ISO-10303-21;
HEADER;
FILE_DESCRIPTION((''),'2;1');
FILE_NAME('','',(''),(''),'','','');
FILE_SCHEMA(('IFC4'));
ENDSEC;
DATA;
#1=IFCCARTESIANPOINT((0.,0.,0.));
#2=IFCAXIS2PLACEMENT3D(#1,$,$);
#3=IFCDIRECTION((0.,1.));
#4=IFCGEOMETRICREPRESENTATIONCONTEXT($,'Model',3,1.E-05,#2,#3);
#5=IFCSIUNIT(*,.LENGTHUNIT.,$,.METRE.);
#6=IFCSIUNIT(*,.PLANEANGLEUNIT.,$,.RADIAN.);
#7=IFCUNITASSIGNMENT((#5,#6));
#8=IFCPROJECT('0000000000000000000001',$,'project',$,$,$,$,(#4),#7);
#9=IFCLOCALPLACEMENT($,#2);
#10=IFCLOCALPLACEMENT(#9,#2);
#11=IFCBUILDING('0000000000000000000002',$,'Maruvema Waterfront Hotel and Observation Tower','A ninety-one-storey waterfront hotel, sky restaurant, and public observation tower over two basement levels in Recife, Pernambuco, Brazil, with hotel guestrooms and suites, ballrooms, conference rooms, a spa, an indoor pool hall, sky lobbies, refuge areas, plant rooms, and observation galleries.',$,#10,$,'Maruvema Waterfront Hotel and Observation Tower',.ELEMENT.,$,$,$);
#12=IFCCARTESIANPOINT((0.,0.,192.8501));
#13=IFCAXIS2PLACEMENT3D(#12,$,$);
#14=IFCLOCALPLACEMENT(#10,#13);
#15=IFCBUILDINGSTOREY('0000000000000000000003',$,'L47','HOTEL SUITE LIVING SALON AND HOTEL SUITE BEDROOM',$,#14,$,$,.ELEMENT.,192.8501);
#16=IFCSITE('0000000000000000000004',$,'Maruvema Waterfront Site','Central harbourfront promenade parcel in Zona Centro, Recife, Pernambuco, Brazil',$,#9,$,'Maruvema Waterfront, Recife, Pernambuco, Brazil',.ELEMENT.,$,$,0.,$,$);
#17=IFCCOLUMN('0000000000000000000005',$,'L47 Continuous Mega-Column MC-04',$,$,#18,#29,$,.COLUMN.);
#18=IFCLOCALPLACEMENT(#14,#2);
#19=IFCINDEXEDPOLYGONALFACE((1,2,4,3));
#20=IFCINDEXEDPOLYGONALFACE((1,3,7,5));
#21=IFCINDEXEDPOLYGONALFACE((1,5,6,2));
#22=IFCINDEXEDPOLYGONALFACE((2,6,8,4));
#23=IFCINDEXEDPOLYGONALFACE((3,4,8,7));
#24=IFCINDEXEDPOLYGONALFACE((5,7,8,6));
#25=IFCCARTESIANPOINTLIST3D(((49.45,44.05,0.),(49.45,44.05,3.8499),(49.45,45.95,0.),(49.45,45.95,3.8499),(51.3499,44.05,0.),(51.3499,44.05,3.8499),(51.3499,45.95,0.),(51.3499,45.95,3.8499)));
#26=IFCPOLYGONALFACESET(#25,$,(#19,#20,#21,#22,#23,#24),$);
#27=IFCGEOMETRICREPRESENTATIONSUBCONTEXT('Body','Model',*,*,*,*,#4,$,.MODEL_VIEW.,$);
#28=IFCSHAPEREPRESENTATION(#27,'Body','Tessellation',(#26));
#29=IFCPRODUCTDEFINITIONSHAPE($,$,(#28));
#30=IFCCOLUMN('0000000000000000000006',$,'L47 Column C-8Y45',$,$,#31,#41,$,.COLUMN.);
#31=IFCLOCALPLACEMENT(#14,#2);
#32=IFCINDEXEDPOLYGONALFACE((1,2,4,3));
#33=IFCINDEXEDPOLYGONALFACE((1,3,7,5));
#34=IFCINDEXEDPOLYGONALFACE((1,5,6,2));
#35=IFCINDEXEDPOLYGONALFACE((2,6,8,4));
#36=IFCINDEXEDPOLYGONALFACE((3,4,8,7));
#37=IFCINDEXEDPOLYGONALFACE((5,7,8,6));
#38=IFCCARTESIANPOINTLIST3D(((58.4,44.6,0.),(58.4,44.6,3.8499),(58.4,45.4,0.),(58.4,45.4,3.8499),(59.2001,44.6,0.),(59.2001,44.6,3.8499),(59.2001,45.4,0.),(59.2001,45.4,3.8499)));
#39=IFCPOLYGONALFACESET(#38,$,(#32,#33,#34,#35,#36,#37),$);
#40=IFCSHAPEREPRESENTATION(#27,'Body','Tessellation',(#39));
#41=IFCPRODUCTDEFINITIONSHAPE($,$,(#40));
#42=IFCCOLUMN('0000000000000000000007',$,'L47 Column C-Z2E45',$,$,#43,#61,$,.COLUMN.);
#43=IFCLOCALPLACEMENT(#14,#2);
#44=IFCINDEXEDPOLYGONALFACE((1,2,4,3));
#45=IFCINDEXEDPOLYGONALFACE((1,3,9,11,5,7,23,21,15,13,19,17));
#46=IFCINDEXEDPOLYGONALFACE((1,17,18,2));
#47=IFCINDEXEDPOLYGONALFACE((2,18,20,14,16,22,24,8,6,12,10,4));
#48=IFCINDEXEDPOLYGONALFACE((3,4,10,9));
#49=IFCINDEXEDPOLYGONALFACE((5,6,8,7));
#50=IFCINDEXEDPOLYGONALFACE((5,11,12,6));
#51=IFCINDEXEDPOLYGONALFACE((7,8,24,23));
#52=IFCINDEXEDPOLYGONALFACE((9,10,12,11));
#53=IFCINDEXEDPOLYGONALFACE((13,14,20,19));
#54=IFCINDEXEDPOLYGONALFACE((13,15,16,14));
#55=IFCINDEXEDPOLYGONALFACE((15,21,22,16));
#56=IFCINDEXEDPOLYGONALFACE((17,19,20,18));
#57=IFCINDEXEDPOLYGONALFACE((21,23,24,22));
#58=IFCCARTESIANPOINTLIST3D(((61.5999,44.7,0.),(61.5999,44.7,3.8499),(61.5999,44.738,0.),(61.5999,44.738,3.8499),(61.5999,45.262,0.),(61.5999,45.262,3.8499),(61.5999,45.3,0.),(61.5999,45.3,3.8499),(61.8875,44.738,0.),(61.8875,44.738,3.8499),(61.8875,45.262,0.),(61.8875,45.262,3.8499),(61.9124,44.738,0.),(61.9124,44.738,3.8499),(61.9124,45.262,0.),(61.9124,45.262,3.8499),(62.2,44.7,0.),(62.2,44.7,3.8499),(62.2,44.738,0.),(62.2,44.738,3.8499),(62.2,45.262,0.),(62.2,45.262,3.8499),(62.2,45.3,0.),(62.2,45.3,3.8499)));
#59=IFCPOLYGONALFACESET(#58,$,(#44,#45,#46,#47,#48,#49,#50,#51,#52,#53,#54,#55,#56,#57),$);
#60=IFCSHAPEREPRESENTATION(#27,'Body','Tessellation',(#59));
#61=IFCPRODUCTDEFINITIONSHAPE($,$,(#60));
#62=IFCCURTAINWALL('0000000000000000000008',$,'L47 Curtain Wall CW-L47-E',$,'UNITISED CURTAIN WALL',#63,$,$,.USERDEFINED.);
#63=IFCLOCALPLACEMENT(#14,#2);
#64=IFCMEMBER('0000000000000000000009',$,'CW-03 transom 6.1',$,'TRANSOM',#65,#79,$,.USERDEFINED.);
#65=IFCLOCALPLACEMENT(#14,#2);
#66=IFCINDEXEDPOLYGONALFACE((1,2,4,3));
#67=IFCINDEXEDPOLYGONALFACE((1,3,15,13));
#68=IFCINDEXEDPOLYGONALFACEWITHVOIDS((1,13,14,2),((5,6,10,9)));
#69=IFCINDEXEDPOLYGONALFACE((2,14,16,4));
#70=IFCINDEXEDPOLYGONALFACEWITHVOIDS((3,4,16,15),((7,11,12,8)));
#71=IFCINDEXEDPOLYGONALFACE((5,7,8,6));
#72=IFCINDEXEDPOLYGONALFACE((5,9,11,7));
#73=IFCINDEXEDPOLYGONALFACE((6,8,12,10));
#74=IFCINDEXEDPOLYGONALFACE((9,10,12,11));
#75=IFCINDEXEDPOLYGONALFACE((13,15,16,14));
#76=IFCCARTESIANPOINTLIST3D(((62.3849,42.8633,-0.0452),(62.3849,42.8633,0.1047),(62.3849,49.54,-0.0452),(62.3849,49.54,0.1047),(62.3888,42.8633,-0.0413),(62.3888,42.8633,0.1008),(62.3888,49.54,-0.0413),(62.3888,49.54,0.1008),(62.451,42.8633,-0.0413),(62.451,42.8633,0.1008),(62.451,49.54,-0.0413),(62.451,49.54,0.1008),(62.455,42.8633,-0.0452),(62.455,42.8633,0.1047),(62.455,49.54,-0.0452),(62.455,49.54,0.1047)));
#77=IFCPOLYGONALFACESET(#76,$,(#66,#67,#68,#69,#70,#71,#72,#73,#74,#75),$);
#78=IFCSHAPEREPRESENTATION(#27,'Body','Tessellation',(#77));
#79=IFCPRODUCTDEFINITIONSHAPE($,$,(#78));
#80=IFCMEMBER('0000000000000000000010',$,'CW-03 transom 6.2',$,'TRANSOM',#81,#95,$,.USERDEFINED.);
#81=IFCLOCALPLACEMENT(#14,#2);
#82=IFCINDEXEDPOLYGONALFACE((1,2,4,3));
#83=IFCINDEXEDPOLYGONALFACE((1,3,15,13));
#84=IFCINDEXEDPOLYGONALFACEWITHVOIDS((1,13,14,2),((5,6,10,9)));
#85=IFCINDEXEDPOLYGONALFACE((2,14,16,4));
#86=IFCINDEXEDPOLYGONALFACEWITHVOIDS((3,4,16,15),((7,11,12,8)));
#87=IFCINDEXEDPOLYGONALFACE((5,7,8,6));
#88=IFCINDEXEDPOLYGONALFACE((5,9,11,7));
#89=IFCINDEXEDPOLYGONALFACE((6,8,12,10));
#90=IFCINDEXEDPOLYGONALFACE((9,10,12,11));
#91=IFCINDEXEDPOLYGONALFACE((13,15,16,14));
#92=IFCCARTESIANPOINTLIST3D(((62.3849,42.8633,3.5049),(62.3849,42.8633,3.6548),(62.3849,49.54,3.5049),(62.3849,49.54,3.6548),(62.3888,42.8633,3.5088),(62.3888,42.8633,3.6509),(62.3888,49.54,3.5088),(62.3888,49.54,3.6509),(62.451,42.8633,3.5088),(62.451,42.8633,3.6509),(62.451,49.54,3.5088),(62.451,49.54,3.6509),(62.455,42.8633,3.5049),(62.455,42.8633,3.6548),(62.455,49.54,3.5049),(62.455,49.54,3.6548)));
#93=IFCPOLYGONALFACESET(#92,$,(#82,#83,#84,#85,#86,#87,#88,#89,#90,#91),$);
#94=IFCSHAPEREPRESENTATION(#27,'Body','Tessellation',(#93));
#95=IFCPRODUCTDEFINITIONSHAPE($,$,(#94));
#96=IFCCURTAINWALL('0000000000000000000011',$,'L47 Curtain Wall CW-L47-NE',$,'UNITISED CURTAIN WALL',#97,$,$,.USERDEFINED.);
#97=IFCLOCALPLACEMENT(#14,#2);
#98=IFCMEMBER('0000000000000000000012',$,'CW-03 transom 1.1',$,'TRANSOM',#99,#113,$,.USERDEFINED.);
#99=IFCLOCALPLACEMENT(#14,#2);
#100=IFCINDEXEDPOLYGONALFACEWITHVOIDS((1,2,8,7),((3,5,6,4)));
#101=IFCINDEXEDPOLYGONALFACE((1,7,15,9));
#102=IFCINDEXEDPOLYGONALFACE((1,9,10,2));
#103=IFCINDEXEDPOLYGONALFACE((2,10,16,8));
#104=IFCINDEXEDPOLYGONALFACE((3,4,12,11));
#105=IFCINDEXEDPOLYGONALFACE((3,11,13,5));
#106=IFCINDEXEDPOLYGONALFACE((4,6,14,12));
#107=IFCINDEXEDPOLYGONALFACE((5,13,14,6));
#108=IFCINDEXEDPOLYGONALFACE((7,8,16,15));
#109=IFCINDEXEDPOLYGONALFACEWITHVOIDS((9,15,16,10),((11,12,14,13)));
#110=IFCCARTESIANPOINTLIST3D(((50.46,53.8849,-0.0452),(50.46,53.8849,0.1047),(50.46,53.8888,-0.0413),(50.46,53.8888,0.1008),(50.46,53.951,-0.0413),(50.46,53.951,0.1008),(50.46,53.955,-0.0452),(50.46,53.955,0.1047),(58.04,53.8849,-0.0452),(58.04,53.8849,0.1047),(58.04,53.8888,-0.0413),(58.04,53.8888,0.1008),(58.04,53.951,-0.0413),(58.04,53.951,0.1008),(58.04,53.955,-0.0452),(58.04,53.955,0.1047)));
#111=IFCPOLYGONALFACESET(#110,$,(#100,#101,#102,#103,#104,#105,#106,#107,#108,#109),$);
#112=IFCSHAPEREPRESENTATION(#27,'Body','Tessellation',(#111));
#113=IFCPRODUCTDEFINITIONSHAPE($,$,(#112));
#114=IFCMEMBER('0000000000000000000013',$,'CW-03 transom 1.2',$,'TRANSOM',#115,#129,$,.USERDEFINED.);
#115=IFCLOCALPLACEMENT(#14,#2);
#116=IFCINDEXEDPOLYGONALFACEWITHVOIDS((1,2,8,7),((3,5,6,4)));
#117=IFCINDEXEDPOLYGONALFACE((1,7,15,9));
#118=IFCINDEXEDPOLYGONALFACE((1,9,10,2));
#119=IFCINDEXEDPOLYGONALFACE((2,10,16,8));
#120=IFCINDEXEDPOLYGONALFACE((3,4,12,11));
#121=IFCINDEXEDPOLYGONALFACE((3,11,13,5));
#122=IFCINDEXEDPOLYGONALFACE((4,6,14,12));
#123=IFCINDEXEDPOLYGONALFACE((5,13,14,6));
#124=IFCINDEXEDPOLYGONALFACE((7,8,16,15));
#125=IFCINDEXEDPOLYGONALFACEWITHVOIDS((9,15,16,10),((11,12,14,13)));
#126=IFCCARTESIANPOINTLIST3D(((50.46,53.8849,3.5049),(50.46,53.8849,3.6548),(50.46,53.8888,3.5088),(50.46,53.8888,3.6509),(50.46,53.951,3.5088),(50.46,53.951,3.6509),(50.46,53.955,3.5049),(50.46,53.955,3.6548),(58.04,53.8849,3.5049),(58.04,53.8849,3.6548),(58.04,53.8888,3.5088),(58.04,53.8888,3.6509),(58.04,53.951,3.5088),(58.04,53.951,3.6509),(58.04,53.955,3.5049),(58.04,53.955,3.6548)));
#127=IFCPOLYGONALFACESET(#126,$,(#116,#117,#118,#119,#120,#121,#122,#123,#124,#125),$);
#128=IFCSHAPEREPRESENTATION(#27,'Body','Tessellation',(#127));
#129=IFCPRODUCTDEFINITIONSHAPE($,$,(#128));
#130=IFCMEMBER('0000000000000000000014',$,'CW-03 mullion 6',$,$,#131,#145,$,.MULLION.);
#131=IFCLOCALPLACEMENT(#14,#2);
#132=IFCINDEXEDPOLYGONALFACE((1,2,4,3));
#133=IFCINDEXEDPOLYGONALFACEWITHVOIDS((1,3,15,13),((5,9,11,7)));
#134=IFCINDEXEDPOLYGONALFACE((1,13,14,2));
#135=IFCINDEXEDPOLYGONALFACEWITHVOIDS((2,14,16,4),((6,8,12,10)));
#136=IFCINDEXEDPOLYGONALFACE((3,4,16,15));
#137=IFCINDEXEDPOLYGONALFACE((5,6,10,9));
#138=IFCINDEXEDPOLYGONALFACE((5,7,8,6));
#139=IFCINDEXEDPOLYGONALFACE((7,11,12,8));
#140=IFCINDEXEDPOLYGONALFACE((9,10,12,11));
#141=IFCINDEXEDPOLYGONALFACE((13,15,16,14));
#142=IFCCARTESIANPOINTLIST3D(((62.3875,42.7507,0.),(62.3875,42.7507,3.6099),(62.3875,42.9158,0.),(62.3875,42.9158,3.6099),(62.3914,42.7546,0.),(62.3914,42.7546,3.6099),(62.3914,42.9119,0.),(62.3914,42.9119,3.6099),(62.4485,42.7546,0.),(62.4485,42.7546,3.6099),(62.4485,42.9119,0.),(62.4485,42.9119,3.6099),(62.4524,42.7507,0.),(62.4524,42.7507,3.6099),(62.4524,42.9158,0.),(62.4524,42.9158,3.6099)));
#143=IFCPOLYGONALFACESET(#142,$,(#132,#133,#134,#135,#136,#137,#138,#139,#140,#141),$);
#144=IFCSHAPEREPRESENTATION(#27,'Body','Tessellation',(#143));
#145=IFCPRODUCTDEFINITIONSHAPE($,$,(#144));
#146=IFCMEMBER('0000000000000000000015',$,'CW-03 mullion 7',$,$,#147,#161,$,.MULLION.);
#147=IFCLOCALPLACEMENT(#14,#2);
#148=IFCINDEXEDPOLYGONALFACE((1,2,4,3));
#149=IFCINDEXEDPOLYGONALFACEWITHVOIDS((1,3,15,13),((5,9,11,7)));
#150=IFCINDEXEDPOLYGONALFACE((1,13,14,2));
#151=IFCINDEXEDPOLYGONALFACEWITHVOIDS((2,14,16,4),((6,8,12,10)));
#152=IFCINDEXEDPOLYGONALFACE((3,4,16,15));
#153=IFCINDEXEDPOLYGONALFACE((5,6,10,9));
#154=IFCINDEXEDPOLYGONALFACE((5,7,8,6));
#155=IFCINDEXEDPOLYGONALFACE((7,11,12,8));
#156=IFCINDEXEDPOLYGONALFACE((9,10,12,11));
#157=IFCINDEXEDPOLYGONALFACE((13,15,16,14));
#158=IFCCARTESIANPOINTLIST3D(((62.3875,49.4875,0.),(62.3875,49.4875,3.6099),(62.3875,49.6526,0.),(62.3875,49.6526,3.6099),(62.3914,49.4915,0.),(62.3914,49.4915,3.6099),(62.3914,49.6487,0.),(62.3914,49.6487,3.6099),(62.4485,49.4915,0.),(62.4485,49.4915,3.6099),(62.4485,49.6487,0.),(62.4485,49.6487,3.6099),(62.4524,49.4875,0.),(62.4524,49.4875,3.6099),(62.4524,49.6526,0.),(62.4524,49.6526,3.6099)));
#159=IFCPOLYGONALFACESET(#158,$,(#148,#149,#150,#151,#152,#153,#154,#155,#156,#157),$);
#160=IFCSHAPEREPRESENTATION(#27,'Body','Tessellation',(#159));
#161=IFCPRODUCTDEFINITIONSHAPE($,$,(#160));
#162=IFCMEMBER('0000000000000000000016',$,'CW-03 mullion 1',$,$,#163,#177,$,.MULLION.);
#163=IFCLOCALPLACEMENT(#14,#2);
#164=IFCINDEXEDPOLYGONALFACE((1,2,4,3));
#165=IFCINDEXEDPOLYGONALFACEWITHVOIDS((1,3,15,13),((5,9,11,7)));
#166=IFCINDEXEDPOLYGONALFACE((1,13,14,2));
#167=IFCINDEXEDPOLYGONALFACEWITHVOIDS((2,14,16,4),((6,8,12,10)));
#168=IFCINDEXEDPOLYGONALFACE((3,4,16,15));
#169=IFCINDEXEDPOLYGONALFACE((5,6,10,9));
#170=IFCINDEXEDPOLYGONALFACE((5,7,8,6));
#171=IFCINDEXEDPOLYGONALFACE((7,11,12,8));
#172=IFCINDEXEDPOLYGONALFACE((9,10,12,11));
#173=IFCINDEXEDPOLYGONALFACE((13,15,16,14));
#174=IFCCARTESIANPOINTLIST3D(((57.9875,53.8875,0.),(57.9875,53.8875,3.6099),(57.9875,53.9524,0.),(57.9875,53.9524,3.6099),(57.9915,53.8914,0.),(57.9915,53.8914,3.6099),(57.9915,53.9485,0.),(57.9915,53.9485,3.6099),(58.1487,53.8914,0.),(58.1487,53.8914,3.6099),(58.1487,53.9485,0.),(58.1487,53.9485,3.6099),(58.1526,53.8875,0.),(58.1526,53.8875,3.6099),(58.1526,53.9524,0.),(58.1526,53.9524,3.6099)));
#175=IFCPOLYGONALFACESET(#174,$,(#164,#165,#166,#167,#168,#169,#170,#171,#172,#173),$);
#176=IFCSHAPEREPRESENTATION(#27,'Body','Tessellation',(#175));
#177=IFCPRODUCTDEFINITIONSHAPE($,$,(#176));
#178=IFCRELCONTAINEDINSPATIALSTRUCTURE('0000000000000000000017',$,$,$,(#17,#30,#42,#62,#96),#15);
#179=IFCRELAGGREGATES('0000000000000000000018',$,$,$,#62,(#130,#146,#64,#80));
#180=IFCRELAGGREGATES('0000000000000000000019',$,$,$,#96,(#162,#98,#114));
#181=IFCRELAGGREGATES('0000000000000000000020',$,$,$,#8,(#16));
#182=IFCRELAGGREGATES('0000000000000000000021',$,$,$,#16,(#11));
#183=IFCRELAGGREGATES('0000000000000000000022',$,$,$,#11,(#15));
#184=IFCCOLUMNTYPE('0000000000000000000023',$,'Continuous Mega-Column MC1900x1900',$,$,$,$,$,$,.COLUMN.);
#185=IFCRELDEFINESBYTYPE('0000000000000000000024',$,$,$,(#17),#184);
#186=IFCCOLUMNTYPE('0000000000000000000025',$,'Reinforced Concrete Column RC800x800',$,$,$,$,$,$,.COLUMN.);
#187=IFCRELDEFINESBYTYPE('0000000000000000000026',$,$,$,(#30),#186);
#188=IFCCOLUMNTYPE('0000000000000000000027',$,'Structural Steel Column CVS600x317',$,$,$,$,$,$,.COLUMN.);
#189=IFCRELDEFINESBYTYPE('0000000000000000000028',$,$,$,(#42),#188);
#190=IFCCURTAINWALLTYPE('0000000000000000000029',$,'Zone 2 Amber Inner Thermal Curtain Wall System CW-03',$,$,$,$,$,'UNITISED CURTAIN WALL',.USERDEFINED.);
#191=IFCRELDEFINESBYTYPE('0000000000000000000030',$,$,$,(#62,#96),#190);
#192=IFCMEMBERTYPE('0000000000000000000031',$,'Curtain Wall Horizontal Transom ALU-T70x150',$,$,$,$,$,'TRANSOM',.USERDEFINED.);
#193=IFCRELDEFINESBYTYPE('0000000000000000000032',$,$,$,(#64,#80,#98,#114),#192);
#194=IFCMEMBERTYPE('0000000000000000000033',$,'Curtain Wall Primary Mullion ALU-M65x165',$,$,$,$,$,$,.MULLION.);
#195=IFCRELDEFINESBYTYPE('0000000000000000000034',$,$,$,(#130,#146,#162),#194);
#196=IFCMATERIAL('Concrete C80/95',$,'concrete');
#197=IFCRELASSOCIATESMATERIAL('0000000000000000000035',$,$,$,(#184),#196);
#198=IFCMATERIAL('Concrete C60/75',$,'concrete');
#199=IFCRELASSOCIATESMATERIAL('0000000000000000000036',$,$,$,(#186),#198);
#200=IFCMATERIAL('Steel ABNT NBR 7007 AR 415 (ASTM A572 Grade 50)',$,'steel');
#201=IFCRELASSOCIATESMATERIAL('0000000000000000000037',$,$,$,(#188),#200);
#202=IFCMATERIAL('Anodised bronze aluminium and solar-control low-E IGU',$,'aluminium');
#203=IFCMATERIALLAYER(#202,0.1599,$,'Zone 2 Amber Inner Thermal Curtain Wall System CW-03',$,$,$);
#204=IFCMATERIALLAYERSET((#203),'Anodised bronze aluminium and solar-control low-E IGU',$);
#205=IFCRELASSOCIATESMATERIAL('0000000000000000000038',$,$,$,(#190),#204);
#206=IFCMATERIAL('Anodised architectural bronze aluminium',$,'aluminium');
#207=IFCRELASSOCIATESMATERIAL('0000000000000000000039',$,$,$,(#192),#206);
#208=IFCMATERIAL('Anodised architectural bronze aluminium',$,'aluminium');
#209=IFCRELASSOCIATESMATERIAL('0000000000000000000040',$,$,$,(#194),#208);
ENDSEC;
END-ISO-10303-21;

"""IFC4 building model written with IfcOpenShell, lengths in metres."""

from ifc_helpers import new_model, si_unit, direction, frame, origin, origin_2d, place, context, subcontext, project, spatial, rectangle, hollow_rectangle, i_section, extrude, material, layer, layer_set, material_profile, profile_set, type_object, element, aggregate, save


model = new_model("IFC4")

# Units and contexts
model_context = context("Model", 3, precision=1e-05, world=origin(), true_north=direction((0.0, 1.0)))
body_context = subcontext(model_context, "Body", "Model", "MODEL_VIEW")
ifc_project = project(units=[si_unit("LENGTHUNIT", "METRE"), si_unit("PLANEANGLEUNIT", "RADIAN")], contexts=[model_context])

# Site, building, storey
site_placement = place(None, origin())
site = spatial("IfcSite", under=ifc_project, at=site_placement, Name="Maruvema Waterfront Site", Description="Central harbourfront promenade parcel in Zona Centro, Recife, Pernambuco, Brazil", LongName="Maruvema Waterfront, Recife, Pernambuco, Brazil", CompositionType="ELEMENT", RefElevation=0.0)
building_placement = place(site_placement, origin())
building = spatial("IfcBuilding", under=site, at=building_placement, Name="Maruvema Waterfront Hotel and Observation Tower", Description="A ninety-one-storey waterfront hotel, sky restaurant, and public observation tower over two basement levels in Recife, Pernambuco, Brazil, with hotel guestrooms and suites, ballrooms, conference rooms, a spa, an indoor pool hall, sky lobbies, refuge areas, plant rooms, and observation galleries.", LongName="Maruvema Waterfront Hotel and Observation Tower", CompositionType="ELEMENT")
storey_placement = place(building_placement, frame((0.0, 0.0, 192.8501)))
storey = spatial("IfcBuildingStorey", under=building, at=storey_placement, Name="L47", Description="HOTEL SUITE LIVING SALON AND HOTEL SUITE BEDROOM", CompositionType="ELEMENT", Elevation=192.8501)

# Columns
ifc_material_1 = material(Name="Concrete C80/95", Category="concrete")
ifc_material_profile_1 = material_profile(ifc_material_1, rectangle(XDim=1.8999, YDim=1.8999, at=origin_2d()), Name="MC1900x1900")
ifc_profile_set_1 = profile_set([ifc_material_profile_1], Name="Concrete C80/95")
column_type_1 = type_object("IfcColumnType", Name="Continuous Mega-Column MC1900x1900", PredefinedType="COLUMN", material=ifc_profile_set_1)
column_1_placement = place(storey_placement, frame((50.3999, 45.0, 0.0), z_axis=(0.0, 0.0, 1.0), x_axis=(1.0, 0.0, 0.0)))
element("IfcColumn", 1, at=column_1_placement, inside=storey, type_object=column_type_1, Name="L47 Continuous Mega-Column MC-04", PredefinedType="COLUMN", context=body_context, shape_type="SweptSolid", body=[
    extrude(rectangle(XDim=1.8999, YDim=1.8999, at=origin_2d()), origin(), (0.0, 0.0, 1.0), 3.8499),
])
ifc_material_2 = material(Name="Concrete C60/75", Category="concrete")
ifc_material_profile_2 = material_profile(ifc_material_2, rectangle(XDim=0.8, YDim=0.8, at=origin_2d()), Name="RC800x800")
ifc_profile_set_2 = profile_set([ifc_material_profile_2], Name="Concrete C60/75")
column_type_2 = type_object("IfcColumnType", Name="Reinforced Concrete Column RC800x800", PredefinedType="COLUMN", material=ifc_profile_set_2)
column_2_placement = place(storey_placement, frame((58.8, 45.0, 0.0), z_axis=(0.0, 0.0, 1.0), x_axis=(1.0, 0.0, 0.0)))
element("IfcColumn", 2, at=column_2_placement, inside=storey, type_object=column_type_2, Name="L47 Column C-8Y45", PredefinedType="COLUMN", context=body_context, shape_type="SweptSolid", body=[
    extrude(rectangle(XDim=0.8, YDim=0.8, at=origin_2d()), origin(), (0.0, 0.0, 1.0), 3.8499),
])
ifc_material_3 = material(Name="Steel ABNT NBR 7007 AR 415 (ASTM A572 Grade 50)", Category="steel")
ifc_material_profile_3 = material_profile(ifc_material_3, i_section(OverallWidth=0.6001, OverallDepth=0.6001, WebThickness=0.0249, FlangeThickness=0.0381, at=origin_2d()), Name="CVS600x317")
ifc_profile_set_3 = profile_set([ifc_material_profile_3], Name="Steel ABNT NBR 7007 AR 415 (ASTM A572 Grade 50)")
column_type_3 = type_object("IfcColumnType", Name="Structural Steel Column CVS600x317", PredefinedType="COLUMN", material=ifc_profile_set_3)
column_3_placement = place(storey_placement, frame((61.8999, 45.0, 0.0), z_axis=(0.0, 0.0, 1.0), x_axis=(1.0, 0.0, 0.0)))
element("IfcColumn", 3, at=column_3_placement, inside=storey, type_object=column_type_3, Name="L47 Column C-Z2E45", PredefinedType="COLUMN", context=body_context, shape_type="SweptSolid", body=[
    extrude(i_section(OverallWidth=0.6001, OverallDepth=0.6001, WebThickness=0.0249, FlangeThickness=0.0381, at=origin_2d()), origin(), (0.0, 0.0, 1.0), 3.8499),
])

# Curtain walls, members
ifc_material_4 = material(Name="Anodised bronze aluminium and solar-control low-E IGU", Category="aluminium")
ifc_layer_1 = layer(ifc_material_4, 0.1599, Name="Zone 2 Amber Inner Thermal Curtain Wall System CW-03")
ifc_layer_set_1 = layer_set([ifc_layer_1], Name="Anodised bronze aluminium and solar-control low-E IGU")
curtain_wall_type = type_object("IfcCurtainWallType", Name="Zone 2 Amber Inner Thermal Curtain Wall System CW-03", ElementType="UNITISED CURTAIN WALL", PredefinedType="USERDEFINED", material=ifc_layer_set_1)
curtain_wall_1_placement = place(storey_placement, origin())
curtain_wall_1 = element("IfcCurtainWall", 4, at=curtain_wall_1_placement, inside=storey, type_object=curtain_wall_type, Name="L47 Curtain Wall CW-L47-E", ObjectType="UNITISED CURTAIN WALL", PredefinedType="USERDEFINED")
ifc_material_5 = material(Name="Anodised architectural bronze aluminium", Category="aluminium")
ifc_material_profile_4 = material_profile(ifc_material_5, hollow_rectangle(XDim=0.0701, YDim=0.1499, WallThickness=0.0039, at=origin_2d()), Name="ALU-T70x150")
ifc_profile_set_4 = profile_set([ifc_material_profile_4], Name="Anodised architectural bronze aluminium")
member_type_1 = type_object("IfcMemberType", Name="Curtain Wall Horizontal Transom ALU-T70x150", ElementType="TRANSOM", PredefinedType="USERDEFINED", material=ifc_profile_set_4)
member_1_placement = place(storey_placement, frame((62.4199, 42.8633, 0.0298), z_axis=(0.0, 1.0, 0.0), x_axis=(-1.0, 0.0, 0.0)))
member_1 = element("IfcMember", 5, at=member_1_placement, type_object=member_type_1, Name="CW-03 transom 6.1", ObjectType="TRANSOM", PredefinedType="USERDEFINED", context=body_context, shape_type="SweptSolid", body=[
    extrude(hollow_rectangle(XDim=0.0701, YDim=0.1499, WallThickness=0.0039, at=origin_2d()), origin(), (0.0, 0.0, 1.0), 6.6768),
])
member_2_placement = place(storey_placement, frame((62.4199, 42.8633, 3.5798), z_axis=(0.0, 1.0, 0.0), x_axis=(-1.0, 0.0, 0.0)))
member_2 = element("IfcMember", 6, at=member_2_placement, type_object=member_type_1, Name="CW-03 transom 6.2", ObjectType="TRANSOM", PredefinedType="USERDEFINED", context=body_context, shape_type="SweptSolid", body=[
    extrude(hollow_rectangle(XDim=0.0701, YDim=0.1499, WallThickness=0.0039, at=origin_2d()), origin(), (0.0, 0.0, 1.0), 6.6768),
])
curtain_wall_2_placement = place(storey_placement, origin())
curtain_wall_2 = element("IfcCurtainWall", 7, at=curtain_wall_2_placement, inside=storey, type_object=curtain_wall_type, Name="L47 Curtain Wall CW-L47-NE", ObjectType="UNITISED CURTAIN WALL", PredefinedType="USERDEFINED")
member_3_placement = place(storey_placement, frame((58.04, 53.9199, 0.0298), z_axis=(-1.0, 0.0, 0.0), x_axis=(0.0, -1.0, 0.0)))
member_3 = element("IfcMember", 8, at=member_3_placement, type_object=member_type_1, Name="CW-03 transom 1.1", ObjectType="TRANSOM", PredefinedType="USERDEFINED", context=body_context, shape_type="SweptSolid", body=[
    extrude(hollow_rectangle(XDim=0.0701, YDim=0.1499, WallThickness=0.0039, at=origin_2d()), origin(), (0.0, 0.0, 1.0), 7.5801),
])
member_4_placement = place(storey_placement, frame((58.04, 53.9199, 3.5798), z_axis=(-1.0, 0.0, 0.0), x_axis=(0.0, -1.0, 0.0)))
member_4 = element("IfcMember", 9, at=member_4_placement, type_object=member_type_1, Name="CW-03 transom 1.2", ObjectType="TRANSOM", PredefinedType="USERDEFINED", context=body_context, shape_type="SweptSolid", body=[
    extrude(hollow_rectangle(XDim=0.0701, YDim=0.1499, WallThickness=0.0039, at=origin_2d()), origin(), (0.0, 0.0, 1.0), 7.5801),
])

# Members
ifc_material_6 = material(Name="Anodised architectural bronze aluminium", Category="aluminium")
ifc_material_profile_5 = material_profile(ifc_material_6, hollow_rectangle(XDim=0.0649, YDim=0.165, WallThickness=0.0039, at=origin_2d()), Name="ALU-M65x165")
ifc_profile_set_5 = profile_set([ifc_material_profile_5], Name="Anodised architectural bronze aluminium")
member_type_2 = type_object("IfcMemberType", Name="Curtain Wall Primary Mullion ALU-M65x165", PredefinedType="MULLION", material=ifc_profile_set_5)
member_5_placement = place(storey_placement, frame((62.4199, 42.8333, 0.0), z_axis=(0.0, 0.0, 1.0), x_axis=(-1.0, 0.0, 0.0)))
member_5 = element("IfcMember", 10, at=member_5_placement, type_object=member_type_2, Name="CW-03 mullion 6", PredefinedType="MULLION", context=body_context, shape_type="SweptSolid", body=[
    extrude(hollow_rectangle(XDim=0.0649, YDim=0.165, WallThickness=0.0039, at=origin_2d()), origin(), (0.0, 0.0, 1.0), 3.6099),
])
member_6_placement = place(storey_placement, frame((62.4199, 49.5701, 0.0), z_axis=(0.0, 0.0, 1.0), x_axis=(-1.0, 0.0, 0.0)))
member_6 = element("IfcMember", 11, at=member_6_placement, type_object=member_type_2, Name="CW-03 mullion 7", PredefinedType="MULLION", context=body_context, shape_type="SweptSolid", body=[
    extrude(hollow_rectangle(XDim=0.0649, YDim=0.165, WallThickness=0.0039, at=origin_2d()), origin(), (0.0, 0.0, 1.0), 3.6099),
])
member_7_placement = place(storey_placement, frame((58.0701, 53.9199, 0.0), z_axis=(0.0, 0.0, 1.0), x_axis=(0.0, -1.0, 0.0)))
member_7 = element("IfcMember", 12, at=member_7_placement, type_object=member_type_2, Name="CW-03 mullion 1", PredefinedType="MULLION", context=body_context, shape_type="SweptSolid", body=[
    extrude(hollow_rectangle(XDim=0.0649, YDim=0.165, WallThickness=0.0039, at=origin_2d()), origin(), (0.0, 0.0, 1.0), 3.6099),
])

aggregate(curtain_wall_1, [member_5, member_6, member_1, member_2])
aggregate(curtain_wall_2, [member_7, member_3, member_4])

save(model, "model.ifc")
